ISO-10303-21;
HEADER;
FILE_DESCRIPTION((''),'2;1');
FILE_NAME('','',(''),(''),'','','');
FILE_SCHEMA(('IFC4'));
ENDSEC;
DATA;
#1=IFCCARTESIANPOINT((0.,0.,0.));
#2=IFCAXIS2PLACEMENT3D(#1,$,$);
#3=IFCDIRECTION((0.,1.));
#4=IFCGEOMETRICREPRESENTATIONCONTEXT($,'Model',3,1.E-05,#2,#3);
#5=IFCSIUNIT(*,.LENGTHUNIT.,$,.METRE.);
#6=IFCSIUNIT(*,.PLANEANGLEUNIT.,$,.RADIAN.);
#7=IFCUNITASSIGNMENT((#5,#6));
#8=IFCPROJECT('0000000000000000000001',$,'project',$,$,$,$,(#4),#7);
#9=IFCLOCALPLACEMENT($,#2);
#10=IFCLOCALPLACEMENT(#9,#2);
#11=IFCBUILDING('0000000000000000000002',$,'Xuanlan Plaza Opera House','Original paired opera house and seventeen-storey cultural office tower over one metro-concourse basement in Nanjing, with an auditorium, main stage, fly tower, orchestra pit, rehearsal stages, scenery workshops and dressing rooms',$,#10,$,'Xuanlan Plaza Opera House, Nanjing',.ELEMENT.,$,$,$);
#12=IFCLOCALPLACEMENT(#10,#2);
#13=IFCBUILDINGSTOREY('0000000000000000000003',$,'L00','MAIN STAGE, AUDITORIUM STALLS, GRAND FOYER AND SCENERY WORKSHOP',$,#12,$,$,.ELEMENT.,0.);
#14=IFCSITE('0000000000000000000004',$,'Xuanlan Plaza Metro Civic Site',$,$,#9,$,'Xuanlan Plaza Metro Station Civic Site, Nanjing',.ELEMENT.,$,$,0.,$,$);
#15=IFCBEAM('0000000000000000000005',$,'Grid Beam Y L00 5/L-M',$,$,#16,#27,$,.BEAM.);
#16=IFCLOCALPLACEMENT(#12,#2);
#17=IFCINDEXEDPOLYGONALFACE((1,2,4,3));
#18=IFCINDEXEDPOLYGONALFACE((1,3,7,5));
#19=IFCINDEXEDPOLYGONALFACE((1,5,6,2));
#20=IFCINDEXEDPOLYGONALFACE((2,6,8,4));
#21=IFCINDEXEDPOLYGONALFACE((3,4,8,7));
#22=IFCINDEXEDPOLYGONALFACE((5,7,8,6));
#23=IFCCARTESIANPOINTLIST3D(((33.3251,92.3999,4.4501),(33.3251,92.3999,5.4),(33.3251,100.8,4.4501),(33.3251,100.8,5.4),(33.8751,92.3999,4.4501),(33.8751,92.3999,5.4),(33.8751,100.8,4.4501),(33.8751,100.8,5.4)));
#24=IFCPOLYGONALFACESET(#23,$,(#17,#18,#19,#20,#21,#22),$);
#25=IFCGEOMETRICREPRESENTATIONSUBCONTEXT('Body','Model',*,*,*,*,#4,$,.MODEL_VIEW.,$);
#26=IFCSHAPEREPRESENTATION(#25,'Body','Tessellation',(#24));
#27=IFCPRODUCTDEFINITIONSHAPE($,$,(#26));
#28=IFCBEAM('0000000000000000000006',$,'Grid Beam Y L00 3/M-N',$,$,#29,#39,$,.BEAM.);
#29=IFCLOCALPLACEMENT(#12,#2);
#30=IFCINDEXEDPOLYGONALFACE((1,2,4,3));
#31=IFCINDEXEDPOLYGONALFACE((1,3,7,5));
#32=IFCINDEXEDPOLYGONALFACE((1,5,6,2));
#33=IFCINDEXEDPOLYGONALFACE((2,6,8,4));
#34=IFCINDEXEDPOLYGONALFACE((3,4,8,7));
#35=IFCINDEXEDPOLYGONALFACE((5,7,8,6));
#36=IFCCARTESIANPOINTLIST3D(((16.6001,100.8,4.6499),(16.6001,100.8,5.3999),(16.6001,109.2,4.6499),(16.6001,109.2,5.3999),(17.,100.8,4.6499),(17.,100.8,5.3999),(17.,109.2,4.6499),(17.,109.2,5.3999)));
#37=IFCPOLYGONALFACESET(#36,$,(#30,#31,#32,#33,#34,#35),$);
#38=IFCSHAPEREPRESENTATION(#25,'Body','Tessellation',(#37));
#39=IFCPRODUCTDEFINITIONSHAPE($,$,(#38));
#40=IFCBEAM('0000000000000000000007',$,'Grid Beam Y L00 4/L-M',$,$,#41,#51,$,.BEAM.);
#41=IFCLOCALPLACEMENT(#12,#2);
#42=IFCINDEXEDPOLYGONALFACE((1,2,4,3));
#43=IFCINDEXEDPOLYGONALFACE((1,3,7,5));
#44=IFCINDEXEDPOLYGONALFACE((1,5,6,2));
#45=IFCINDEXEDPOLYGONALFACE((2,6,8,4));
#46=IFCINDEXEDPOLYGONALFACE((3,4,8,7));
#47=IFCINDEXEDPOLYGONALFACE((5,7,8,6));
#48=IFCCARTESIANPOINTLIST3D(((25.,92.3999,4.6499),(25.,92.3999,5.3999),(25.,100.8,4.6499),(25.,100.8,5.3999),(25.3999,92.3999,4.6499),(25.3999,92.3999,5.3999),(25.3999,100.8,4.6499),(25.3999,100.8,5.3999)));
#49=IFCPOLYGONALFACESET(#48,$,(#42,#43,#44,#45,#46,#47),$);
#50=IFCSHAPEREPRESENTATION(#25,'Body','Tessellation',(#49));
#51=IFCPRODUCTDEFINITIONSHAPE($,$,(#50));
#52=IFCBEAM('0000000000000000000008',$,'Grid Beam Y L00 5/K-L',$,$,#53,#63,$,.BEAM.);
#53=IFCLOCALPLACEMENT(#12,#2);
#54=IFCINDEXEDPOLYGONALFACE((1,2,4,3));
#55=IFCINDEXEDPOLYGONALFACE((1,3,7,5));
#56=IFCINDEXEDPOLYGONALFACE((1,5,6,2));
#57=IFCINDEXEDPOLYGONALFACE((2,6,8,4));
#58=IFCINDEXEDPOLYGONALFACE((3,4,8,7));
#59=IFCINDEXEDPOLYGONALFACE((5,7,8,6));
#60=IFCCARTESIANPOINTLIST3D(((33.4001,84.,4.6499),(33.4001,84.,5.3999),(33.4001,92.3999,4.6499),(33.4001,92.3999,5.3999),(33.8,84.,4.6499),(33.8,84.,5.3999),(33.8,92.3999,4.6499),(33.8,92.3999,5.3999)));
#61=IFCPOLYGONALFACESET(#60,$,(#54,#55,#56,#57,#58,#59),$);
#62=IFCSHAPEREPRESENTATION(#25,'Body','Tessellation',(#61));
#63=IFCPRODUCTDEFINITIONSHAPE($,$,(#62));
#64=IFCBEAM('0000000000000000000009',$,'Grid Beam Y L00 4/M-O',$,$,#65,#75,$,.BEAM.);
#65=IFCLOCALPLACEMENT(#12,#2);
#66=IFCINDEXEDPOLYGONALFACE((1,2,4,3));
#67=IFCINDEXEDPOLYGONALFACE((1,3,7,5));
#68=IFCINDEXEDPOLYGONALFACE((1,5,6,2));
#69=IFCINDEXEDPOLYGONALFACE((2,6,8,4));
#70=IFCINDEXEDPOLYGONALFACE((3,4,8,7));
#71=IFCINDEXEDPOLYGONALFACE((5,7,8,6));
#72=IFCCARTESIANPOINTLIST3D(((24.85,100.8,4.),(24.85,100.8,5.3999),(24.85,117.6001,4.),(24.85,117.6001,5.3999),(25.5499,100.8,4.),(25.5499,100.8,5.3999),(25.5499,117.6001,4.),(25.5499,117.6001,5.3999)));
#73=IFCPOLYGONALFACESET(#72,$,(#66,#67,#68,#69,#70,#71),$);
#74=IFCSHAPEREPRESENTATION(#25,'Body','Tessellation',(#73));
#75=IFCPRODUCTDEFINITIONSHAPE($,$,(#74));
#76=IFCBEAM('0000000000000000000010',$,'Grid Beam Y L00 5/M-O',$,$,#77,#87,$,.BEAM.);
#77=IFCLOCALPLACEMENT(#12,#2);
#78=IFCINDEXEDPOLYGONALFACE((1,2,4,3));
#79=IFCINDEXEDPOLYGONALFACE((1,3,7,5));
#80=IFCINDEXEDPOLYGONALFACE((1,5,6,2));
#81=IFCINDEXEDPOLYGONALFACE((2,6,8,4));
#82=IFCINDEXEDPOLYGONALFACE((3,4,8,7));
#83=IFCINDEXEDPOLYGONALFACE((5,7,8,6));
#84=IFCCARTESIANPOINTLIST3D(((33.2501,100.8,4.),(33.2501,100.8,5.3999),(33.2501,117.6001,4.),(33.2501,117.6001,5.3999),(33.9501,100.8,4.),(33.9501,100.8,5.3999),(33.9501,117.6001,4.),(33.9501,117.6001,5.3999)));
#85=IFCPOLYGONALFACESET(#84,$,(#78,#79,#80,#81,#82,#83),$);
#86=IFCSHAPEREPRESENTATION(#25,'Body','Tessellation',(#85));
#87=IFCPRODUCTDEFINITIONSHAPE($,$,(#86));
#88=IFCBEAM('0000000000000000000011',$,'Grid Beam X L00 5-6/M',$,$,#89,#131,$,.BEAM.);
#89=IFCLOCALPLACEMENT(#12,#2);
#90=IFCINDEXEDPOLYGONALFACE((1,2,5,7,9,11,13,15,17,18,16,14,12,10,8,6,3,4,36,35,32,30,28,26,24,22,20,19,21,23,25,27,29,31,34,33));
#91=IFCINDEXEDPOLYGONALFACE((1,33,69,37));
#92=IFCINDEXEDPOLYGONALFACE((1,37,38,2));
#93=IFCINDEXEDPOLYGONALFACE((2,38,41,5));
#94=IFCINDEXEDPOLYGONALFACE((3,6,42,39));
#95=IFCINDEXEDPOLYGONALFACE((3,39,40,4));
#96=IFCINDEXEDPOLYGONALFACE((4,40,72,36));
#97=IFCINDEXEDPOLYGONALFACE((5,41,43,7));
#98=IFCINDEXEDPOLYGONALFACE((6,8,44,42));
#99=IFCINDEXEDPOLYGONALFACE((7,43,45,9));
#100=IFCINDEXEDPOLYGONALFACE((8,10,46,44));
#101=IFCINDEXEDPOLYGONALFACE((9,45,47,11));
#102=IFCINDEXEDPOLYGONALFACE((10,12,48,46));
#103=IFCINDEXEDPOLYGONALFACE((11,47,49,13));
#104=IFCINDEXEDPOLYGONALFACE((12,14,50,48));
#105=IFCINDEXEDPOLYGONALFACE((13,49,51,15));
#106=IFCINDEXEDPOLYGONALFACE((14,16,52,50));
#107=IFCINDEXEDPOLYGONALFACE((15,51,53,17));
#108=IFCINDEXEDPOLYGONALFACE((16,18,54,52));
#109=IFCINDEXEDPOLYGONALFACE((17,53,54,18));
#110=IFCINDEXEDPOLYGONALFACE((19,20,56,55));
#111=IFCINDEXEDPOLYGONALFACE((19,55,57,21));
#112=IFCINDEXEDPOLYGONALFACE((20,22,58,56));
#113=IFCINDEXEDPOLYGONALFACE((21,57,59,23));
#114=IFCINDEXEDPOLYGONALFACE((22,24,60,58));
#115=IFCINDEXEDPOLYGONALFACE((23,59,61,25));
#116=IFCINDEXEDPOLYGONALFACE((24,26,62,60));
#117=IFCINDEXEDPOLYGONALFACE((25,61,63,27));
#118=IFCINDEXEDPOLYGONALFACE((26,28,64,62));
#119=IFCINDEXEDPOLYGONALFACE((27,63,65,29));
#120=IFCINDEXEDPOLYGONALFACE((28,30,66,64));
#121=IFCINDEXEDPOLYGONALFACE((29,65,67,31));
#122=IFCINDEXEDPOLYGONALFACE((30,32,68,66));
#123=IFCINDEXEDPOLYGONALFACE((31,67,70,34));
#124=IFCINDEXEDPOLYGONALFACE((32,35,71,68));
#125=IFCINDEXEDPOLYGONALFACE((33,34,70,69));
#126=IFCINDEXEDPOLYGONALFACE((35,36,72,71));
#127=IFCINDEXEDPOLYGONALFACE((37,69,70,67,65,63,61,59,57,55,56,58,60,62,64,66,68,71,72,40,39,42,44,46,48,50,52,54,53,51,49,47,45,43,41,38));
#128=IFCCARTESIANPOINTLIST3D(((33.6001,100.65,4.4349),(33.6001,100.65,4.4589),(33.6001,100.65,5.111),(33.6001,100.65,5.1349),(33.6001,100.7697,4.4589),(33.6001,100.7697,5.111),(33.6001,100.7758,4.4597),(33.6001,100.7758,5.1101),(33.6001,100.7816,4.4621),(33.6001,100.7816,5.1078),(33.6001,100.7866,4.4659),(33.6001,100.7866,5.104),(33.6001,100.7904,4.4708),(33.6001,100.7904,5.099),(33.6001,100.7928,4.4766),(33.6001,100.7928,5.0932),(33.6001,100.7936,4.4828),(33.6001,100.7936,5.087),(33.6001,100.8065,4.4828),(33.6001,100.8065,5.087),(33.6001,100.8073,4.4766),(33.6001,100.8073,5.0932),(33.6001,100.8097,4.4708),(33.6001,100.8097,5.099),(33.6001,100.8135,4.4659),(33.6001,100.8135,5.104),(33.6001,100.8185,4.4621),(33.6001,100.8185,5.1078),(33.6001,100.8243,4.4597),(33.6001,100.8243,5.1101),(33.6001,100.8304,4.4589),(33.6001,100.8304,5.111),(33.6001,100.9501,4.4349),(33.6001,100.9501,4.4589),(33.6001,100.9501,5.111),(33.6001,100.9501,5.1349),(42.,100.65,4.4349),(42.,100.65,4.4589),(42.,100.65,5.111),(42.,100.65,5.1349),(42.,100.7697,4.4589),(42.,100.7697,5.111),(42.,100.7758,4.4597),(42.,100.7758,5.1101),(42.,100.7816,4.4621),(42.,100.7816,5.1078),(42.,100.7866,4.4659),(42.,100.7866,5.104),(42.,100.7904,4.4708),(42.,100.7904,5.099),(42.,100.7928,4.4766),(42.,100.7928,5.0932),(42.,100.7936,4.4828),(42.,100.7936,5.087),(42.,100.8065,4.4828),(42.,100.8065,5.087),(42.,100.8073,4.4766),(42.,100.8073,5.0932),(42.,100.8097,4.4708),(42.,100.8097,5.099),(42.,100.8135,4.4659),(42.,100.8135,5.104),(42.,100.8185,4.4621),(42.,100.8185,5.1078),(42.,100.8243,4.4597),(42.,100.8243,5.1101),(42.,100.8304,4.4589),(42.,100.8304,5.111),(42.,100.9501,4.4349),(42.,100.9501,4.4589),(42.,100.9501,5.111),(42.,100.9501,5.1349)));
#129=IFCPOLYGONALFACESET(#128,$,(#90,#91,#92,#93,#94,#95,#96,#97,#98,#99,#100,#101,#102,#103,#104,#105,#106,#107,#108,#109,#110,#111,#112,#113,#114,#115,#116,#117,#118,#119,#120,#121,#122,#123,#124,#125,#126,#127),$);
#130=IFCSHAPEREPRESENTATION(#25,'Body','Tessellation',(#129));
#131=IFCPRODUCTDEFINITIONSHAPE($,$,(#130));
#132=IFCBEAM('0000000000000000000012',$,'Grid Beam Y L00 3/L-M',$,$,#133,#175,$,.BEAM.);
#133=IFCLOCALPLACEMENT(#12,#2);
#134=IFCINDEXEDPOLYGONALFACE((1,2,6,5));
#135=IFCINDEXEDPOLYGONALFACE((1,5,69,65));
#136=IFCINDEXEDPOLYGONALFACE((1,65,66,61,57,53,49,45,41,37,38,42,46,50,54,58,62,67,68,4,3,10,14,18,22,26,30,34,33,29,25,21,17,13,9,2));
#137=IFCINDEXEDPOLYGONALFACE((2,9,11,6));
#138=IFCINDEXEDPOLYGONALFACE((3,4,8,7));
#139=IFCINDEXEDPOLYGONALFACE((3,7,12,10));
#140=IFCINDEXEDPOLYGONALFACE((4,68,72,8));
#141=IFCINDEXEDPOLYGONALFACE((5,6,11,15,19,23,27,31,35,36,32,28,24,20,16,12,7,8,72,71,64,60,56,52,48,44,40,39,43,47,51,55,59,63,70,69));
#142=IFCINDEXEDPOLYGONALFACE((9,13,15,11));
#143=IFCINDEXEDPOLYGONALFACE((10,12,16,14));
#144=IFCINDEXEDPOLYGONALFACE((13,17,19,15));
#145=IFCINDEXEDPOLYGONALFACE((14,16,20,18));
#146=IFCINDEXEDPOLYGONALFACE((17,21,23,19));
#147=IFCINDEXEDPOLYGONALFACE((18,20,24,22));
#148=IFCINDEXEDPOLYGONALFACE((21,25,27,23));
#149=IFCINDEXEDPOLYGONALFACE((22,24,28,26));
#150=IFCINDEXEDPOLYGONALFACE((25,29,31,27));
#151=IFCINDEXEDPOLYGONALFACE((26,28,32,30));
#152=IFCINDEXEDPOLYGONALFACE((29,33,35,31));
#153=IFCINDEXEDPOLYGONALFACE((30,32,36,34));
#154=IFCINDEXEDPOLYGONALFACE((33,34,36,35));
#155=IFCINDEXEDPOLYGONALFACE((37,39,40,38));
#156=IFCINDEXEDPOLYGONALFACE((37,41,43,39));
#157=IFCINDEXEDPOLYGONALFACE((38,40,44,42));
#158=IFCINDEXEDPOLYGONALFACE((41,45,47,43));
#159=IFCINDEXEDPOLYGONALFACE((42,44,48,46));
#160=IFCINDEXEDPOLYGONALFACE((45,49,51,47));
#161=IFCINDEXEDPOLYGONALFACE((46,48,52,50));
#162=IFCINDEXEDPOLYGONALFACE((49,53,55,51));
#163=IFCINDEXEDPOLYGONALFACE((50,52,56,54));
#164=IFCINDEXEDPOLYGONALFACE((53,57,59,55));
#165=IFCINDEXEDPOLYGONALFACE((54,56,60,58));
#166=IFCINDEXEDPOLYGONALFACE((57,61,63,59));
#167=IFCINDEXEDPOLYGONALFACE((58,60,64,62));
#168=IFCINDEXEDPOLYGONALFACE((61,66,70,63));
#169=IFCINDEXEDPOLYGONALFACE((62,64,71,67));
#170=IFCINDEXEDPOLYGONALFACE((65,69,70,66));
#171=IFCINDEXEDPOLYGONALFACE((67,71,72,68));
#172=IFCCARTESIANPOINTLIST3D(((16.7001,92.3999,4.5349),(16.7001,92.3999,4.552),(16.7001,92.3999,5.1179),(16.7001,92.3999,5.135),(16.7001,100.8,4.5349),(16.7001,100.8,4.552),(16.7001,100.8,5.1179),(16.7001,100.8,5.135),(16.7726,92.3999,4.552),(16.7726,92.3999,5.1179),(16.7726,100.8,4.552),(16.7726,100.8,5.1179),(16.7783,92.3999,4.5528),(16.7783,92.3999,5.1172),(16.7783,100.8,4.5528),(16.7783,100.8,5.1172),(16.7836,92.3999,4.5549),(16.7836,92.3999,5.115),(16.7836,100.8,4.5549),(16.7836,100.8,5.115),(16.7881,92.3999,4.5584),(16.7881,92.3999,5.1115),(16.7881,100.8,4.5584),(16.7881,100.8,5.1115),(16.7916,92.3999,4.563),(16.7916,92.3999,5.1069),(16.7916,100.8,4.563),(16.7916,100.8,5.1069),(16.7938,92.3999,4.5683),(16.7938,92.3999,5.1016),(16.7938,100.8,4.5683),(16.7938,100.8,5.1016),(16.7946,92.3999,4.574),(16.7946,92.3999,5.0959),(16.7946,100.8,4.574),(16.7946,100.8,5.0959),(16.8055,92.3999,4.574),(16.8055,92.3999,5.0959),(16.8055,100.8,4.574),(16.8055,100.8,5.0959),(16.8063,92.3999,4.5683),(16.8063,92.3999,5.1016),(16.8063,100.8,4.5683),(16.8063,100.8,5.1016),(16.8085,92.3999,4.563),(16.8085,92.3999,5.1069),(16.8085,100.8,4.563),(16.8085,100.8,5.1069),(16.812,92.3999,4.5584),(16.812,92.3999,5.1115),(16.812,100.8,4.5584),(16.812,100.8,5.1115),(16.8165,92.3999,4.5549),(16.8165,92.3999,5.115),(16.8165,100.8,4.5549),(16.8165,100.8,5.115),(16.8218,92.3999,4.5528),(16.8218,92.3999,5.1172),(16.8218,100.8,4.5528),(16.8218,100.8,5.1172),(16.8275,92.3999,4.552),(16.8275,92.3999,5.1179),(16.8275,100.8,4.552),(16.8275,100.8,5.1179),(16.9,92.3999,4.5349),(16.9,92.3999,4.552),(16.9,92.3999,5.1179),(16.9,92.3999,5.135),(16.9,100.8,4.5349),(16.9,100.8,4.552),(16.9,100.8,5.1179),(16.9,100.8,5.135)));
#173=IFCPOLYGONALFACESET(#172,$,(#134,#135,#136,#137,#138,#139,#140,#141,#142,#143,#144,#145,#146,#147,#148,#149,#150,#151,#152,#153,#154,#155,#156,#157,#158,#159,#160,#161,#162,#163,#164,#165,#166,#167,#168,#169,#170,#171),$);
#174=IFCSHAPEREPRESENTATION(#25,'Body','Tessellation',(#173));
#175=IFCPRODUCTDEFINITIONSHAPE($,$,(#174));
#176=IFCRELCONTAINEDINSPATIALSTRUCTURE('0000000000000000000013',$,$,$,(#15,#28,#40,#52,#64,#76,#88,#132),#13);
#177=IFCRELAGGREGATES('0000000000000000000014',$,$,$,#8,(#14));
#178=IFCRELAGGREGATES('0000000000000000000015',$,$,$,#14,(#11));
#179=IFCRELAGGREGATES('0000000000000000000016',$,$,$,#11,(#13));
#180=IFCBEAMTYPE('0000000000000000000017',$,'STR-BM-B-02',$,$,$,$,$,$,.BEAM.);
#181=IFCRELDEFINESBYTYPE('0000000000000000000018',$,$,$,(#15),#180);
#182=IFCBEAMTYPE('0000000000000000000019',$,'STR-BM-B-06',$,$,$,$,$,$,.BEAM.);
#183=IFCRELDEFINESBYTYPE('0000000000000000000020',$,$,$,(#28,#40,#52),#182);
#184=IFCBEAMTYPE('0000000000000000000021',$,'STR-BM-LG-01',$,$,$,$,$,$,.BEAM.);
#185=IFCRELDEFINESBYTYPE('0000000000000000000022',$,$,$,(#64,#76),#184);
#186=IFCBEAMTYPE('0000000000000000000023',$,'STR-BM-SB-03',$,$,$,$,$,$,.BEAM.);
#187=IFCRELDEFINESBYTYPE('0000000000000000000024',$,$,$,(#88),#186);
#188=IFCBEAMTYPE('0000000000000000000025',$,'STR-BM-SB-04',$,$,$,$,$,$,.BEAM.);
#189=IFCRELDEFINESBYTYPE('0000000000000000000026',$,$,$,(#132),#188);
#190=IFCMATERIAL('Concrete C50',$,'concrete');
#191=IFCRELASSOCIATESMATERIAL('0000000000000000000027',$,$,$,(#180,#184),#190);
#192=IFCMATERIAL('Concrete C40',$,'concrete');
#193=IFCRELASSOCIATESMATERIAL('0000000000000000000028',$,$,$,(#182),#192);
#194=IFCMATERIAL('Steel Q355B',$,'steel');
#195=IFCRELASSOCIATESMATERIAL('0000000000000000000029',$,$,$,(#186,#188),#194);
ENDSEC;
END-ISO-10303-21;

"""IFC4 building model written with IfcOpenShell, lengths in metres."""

from ifc_helpers import new_model, si_unit, direction, frame, origin, origin_2d, place, context, subcontext, project, spatial, rectangle, i_section, extrude, material, material_profile, profile_set, type_object, element, save


model = new_model("IFC4")

# Units and contexts
model_context = context("Model", 3, precision=1e-05, world=origin(), true_north=direction((0.0, 1.0)))
body_context = subcontext(model_context, "Body", "Model", "MODEL_VIEW")
ifc_project = project(units=[si_unit("LENGTHUNIT", "METRE"), si_unit("PLANEANGLEUNIT", "RADIAN")], contexts=[model_context])

# Site, building, storey
site_placement = place(None, origin())
site = spatial("IfcSite", under=ifc_project, at=site_placement, Name="Xuanlan Plaza Metro Civic Site", LongName="Xuanlan Plaza Metro Station Civic Site, Nanjing", CompositionType="ELEMENT", RefElevation=0.0)
building_placement = place(site_placement, origin())
building = spatial("IfcBuilding", under=site, at=building_placement, Name="Xuanlan Plaza Opera House", Description="Original paired opera house and seventeen-storey cultural office tower over one metro-concourse basement in Nanjing, with an auditorium, main stage, fly tower, orchestra pit, rehearsal stages, scenery workshops and dressing rooms", LongName="Xuanlan Plaza Opera House, Nanjing", CompositionType="ELEMENT")
storey_placement = place(building_placement, origin())
storey = spatial("IfcBuildingStorey", under=building, at=storey_placement, Name="L00", Description="MAIN STAGE, AUDITORIUM STALLS, GRAND FOYER AND SCENERY WORKSHOP", CompositionType="ELEMENT", Elevation=0.0)

# Shared definitions
ifc_material_1 = material(Name="Concrete C40", Category="concrete")

# Beams
ifc_material_2 = material(Name="Concrete C50", Category="concrete")
ifc_material_profile_1 = material_profile(ifc_material_2, rectangle(XDim=0.55, YDim=0.95, at=origin_2d()), Name="RC-BM 550x950")
ifc_profile_set_1 = profile_set([ifc_material_profile_1], Name="Concrete C50")
beam_type_1 = type_object("IfcBeamType", Name="STR-BM-B-02", PredefinedType="BEAM", material=ifc_profile_set_1)
for number, where, z_axis, x_axis, name in (
    (1, (33.6001, 92.3999, 4.925), (0.0, 1.0, 0.0), (-1.0, 0.0, 0.0), "Grid Beam Y L00 5/L-M"),
):
    element("IfcBeam", number, at=place(storey_placement, frame(where, z_axis=z_axis, x_axis=x_axis)), inside=storey, type_object=beam_type_1, Name=name, PredefinedType="BEAM", context=body_context, shape_type="SweptSolid", body=[
        extrude(rectangle(XDim=0.55, YDim=0.95, at=origin_2d()), origin(), (0.0, 0.0, 1.0), 8.4001),
    ])
ifc_material_profile_2 = material_profile(ifc_material_1, rectangle(XDim=0.3999, YDim=0.75, at=origin_2d()), Name="RC-BM 400x750")
ifc_profile_set_2 = profile_set([ifc_material_profile_2], Name="Concrete C40")
beam_type_2 = type_object("IfcBeamType", Name="STR-BM-B-06", PredefinedType="BEAM", material=ifc_profile_set_2)
beam_1_placement = place(storey_placement, frame((16.8, 100.8, 5.0249), z_axis=(0.0, 1.0, 0.0), x_axis=(-1.0, 0.0, 0.0)))
element("IfcBeam", 2, at=beam_1_placement, inside=storey, type_object=beam_type_2, Name="Grid Beam Y L00 3/M-N", PredefinedType="BEAM", context=body_context, shape_type="SweptSolid", body=[
    extrude(rectangle(XDim=0.3999, YDim=0.75, at=origin_2d()), origin(), (0.0, 0.0, 1.0), 8.3999),
])
beam_2_placement = place(storey_placement, frame((25.2, 92.3999, 5.0249), z_axis=(0.0, 1.0, 0.0), x_axis=(-1.0, 0.0, 0.0)))
element("IfcBeam", 3, at=beam_2_placement, inside=storey, type_object=beam_type_2, Name="Grid Beam Y L00 4/L-M", PredefinedType="BEAM", context=body_context, shape_type="SweptSolid", body=[
    extrude(rectangle(XDim=0.3999, YDim=0.75, at=origin_2d()), origin(), (0.0, 0.0, 1.0), 8.4001),
])
beam_3_placement = place(storey_placement, frame((33.6001, 84.0, 5.0249), z_axis=(0.0, 1.0, 0.0), x_axis=(-1.0, 0.0, 0.0)))
element("IfcBeam", 4, at=beam_3_placement, inside=storey, type_object=beam_type_2, Name="Grid Beam Y L00 5/K-L", PredefinedType="BEAM", context=body_context, shape_type="SweptSolid", body=[
    extrude(rectangle(XDim=0.3999, YDim=0.75, at=origin_2d()), origin(), (0.0, 0.0, 1.0), 8.3999),
])
ifc_material_profile_3 = material_profile(ifc_material_2, rectangle(XDim=0.7, YDim=1.3999, at=origin_2d()), Name="RC-LG 700x1400")
ifc_profile_set_3 = profile_set([ifc_material_profile_3], Name="Concrete C50")
beam_type_3 = type_object("IfcBeamType", Name="STR-BM-LG-01", PredefinedType="BEAM", material=ifc_profile_set_3)
for number, where, z_axis, x_axis, name in (
    (5, (25.2, 100.8, 4.7), (0.0, 1.0, 0.0), (-1.0, 0.0, 0.0), "Grid Beam Y L00 4/M-O"),
    (6, (33.6001, 100.8, 4.7), (0.0, 1.0, 0.0), (-1.0, 0.0, 0.0), "Grid Beam Y L00 5/M-O"),
):
    element("IfcBeam", number, at=place(storey_placement, frame(where, z_axis=z_axis, x_axis=x_axis)), inside=storey, type_object=beam_type_3, Name=name, PredefinedType="BEAM", context=body_context, shape_type="SweptSolid", body=[
        extrude(rectangle(XDim=0.7, YDim=1.3999, at=origin_2d()), origin(), (0.0, 0.0, 1.0), 16.8),
    ])
ifc_material_3 = material(Name="Steel Q355B", Category="steel")
ifc_material_profile_4 = material_profile(ifc_material_3, i_section(OverallWidth=0.3, OverallDepth=0.7, WebThickness=0.0129, FlangeThickness=0.0239, FilletRadius=0.0239, at=origin_2d()), Name="HN 700x300x13x24")
ifc_profile_set_4 = profile_set([ifc_material_profile_4], Name="Steel Q355B")
beam_type_4 = type_object("IfcBeamType", Name="STR-BM-SB-03", PredefinedType="BEAM", material=ifc_profile_set_4)
beam_4_placement = place(storey_placement, frame((33.6001, 100.8, 4.7849), z_axis=(1.0, 0.0, 0.0), x_axis=(0.0, 1.0, 0.0)))
element("IfcBeam", 7, at=beam_4_placement, inside=storey, type_object=beam_type_4, Name="Grid Beam X L00 5-6/M", PredefinedType="BEAM", context=body_context, shape_type="SweptSolid", body=[
    extrude(i_section(OverallWidth=0.3, OverallDepth=0.7, WebThickness=0.0129, FlangeThickness=0.0239, FilletRadius=0.0239, at=origin_2d()), origin(), (0.0, 0.0, 1.0), 8.3999),
])
ifc_material_profile_5 = material_profile(ifc_material_3, i_section(OverallWidth=0.2, OverallDepth=0.6001, WebThickness=0.011, FlangeThickness=0.0171, FilletRadius=0.022, at=origin_2d()), Name="HN 600x200x11x17")
ifc_profile_set_5 = profile_set([ifc_material_profile_5], Name="Steel Q355B")
beam_type_5 = type_object("IfcBeamType", Name="STR-BM-SB-04", PredefinedType="BEAM", material=ifc_profile_set_5)
beam_5_placement = place(storey_placement, frame((16.8, 92.3999, 4.835), z_axis=(0.0, 1.0, 0.0), x_axis=(-1.0, 0.0, 0.0)))
element("IfcBeam", 8, at=beam_5_placement, inside=storey, type_object=beam_type_5, Name="Grid Beam Y L00 3/L-M", PredefinedType="BEAM", context=body_context, shape_type="SweptSolid", body=[
    extrude(i_section(OverallWidth=0.2, OverallDepth=0.6001, WebThickness=0.011, FlangeThickness=0.0171, FilletRadius=0.022, at=origin_2d()), origin(), (0.0, 0.0, 1.0), 8.4001),
])

save(model, "model.ifc")
